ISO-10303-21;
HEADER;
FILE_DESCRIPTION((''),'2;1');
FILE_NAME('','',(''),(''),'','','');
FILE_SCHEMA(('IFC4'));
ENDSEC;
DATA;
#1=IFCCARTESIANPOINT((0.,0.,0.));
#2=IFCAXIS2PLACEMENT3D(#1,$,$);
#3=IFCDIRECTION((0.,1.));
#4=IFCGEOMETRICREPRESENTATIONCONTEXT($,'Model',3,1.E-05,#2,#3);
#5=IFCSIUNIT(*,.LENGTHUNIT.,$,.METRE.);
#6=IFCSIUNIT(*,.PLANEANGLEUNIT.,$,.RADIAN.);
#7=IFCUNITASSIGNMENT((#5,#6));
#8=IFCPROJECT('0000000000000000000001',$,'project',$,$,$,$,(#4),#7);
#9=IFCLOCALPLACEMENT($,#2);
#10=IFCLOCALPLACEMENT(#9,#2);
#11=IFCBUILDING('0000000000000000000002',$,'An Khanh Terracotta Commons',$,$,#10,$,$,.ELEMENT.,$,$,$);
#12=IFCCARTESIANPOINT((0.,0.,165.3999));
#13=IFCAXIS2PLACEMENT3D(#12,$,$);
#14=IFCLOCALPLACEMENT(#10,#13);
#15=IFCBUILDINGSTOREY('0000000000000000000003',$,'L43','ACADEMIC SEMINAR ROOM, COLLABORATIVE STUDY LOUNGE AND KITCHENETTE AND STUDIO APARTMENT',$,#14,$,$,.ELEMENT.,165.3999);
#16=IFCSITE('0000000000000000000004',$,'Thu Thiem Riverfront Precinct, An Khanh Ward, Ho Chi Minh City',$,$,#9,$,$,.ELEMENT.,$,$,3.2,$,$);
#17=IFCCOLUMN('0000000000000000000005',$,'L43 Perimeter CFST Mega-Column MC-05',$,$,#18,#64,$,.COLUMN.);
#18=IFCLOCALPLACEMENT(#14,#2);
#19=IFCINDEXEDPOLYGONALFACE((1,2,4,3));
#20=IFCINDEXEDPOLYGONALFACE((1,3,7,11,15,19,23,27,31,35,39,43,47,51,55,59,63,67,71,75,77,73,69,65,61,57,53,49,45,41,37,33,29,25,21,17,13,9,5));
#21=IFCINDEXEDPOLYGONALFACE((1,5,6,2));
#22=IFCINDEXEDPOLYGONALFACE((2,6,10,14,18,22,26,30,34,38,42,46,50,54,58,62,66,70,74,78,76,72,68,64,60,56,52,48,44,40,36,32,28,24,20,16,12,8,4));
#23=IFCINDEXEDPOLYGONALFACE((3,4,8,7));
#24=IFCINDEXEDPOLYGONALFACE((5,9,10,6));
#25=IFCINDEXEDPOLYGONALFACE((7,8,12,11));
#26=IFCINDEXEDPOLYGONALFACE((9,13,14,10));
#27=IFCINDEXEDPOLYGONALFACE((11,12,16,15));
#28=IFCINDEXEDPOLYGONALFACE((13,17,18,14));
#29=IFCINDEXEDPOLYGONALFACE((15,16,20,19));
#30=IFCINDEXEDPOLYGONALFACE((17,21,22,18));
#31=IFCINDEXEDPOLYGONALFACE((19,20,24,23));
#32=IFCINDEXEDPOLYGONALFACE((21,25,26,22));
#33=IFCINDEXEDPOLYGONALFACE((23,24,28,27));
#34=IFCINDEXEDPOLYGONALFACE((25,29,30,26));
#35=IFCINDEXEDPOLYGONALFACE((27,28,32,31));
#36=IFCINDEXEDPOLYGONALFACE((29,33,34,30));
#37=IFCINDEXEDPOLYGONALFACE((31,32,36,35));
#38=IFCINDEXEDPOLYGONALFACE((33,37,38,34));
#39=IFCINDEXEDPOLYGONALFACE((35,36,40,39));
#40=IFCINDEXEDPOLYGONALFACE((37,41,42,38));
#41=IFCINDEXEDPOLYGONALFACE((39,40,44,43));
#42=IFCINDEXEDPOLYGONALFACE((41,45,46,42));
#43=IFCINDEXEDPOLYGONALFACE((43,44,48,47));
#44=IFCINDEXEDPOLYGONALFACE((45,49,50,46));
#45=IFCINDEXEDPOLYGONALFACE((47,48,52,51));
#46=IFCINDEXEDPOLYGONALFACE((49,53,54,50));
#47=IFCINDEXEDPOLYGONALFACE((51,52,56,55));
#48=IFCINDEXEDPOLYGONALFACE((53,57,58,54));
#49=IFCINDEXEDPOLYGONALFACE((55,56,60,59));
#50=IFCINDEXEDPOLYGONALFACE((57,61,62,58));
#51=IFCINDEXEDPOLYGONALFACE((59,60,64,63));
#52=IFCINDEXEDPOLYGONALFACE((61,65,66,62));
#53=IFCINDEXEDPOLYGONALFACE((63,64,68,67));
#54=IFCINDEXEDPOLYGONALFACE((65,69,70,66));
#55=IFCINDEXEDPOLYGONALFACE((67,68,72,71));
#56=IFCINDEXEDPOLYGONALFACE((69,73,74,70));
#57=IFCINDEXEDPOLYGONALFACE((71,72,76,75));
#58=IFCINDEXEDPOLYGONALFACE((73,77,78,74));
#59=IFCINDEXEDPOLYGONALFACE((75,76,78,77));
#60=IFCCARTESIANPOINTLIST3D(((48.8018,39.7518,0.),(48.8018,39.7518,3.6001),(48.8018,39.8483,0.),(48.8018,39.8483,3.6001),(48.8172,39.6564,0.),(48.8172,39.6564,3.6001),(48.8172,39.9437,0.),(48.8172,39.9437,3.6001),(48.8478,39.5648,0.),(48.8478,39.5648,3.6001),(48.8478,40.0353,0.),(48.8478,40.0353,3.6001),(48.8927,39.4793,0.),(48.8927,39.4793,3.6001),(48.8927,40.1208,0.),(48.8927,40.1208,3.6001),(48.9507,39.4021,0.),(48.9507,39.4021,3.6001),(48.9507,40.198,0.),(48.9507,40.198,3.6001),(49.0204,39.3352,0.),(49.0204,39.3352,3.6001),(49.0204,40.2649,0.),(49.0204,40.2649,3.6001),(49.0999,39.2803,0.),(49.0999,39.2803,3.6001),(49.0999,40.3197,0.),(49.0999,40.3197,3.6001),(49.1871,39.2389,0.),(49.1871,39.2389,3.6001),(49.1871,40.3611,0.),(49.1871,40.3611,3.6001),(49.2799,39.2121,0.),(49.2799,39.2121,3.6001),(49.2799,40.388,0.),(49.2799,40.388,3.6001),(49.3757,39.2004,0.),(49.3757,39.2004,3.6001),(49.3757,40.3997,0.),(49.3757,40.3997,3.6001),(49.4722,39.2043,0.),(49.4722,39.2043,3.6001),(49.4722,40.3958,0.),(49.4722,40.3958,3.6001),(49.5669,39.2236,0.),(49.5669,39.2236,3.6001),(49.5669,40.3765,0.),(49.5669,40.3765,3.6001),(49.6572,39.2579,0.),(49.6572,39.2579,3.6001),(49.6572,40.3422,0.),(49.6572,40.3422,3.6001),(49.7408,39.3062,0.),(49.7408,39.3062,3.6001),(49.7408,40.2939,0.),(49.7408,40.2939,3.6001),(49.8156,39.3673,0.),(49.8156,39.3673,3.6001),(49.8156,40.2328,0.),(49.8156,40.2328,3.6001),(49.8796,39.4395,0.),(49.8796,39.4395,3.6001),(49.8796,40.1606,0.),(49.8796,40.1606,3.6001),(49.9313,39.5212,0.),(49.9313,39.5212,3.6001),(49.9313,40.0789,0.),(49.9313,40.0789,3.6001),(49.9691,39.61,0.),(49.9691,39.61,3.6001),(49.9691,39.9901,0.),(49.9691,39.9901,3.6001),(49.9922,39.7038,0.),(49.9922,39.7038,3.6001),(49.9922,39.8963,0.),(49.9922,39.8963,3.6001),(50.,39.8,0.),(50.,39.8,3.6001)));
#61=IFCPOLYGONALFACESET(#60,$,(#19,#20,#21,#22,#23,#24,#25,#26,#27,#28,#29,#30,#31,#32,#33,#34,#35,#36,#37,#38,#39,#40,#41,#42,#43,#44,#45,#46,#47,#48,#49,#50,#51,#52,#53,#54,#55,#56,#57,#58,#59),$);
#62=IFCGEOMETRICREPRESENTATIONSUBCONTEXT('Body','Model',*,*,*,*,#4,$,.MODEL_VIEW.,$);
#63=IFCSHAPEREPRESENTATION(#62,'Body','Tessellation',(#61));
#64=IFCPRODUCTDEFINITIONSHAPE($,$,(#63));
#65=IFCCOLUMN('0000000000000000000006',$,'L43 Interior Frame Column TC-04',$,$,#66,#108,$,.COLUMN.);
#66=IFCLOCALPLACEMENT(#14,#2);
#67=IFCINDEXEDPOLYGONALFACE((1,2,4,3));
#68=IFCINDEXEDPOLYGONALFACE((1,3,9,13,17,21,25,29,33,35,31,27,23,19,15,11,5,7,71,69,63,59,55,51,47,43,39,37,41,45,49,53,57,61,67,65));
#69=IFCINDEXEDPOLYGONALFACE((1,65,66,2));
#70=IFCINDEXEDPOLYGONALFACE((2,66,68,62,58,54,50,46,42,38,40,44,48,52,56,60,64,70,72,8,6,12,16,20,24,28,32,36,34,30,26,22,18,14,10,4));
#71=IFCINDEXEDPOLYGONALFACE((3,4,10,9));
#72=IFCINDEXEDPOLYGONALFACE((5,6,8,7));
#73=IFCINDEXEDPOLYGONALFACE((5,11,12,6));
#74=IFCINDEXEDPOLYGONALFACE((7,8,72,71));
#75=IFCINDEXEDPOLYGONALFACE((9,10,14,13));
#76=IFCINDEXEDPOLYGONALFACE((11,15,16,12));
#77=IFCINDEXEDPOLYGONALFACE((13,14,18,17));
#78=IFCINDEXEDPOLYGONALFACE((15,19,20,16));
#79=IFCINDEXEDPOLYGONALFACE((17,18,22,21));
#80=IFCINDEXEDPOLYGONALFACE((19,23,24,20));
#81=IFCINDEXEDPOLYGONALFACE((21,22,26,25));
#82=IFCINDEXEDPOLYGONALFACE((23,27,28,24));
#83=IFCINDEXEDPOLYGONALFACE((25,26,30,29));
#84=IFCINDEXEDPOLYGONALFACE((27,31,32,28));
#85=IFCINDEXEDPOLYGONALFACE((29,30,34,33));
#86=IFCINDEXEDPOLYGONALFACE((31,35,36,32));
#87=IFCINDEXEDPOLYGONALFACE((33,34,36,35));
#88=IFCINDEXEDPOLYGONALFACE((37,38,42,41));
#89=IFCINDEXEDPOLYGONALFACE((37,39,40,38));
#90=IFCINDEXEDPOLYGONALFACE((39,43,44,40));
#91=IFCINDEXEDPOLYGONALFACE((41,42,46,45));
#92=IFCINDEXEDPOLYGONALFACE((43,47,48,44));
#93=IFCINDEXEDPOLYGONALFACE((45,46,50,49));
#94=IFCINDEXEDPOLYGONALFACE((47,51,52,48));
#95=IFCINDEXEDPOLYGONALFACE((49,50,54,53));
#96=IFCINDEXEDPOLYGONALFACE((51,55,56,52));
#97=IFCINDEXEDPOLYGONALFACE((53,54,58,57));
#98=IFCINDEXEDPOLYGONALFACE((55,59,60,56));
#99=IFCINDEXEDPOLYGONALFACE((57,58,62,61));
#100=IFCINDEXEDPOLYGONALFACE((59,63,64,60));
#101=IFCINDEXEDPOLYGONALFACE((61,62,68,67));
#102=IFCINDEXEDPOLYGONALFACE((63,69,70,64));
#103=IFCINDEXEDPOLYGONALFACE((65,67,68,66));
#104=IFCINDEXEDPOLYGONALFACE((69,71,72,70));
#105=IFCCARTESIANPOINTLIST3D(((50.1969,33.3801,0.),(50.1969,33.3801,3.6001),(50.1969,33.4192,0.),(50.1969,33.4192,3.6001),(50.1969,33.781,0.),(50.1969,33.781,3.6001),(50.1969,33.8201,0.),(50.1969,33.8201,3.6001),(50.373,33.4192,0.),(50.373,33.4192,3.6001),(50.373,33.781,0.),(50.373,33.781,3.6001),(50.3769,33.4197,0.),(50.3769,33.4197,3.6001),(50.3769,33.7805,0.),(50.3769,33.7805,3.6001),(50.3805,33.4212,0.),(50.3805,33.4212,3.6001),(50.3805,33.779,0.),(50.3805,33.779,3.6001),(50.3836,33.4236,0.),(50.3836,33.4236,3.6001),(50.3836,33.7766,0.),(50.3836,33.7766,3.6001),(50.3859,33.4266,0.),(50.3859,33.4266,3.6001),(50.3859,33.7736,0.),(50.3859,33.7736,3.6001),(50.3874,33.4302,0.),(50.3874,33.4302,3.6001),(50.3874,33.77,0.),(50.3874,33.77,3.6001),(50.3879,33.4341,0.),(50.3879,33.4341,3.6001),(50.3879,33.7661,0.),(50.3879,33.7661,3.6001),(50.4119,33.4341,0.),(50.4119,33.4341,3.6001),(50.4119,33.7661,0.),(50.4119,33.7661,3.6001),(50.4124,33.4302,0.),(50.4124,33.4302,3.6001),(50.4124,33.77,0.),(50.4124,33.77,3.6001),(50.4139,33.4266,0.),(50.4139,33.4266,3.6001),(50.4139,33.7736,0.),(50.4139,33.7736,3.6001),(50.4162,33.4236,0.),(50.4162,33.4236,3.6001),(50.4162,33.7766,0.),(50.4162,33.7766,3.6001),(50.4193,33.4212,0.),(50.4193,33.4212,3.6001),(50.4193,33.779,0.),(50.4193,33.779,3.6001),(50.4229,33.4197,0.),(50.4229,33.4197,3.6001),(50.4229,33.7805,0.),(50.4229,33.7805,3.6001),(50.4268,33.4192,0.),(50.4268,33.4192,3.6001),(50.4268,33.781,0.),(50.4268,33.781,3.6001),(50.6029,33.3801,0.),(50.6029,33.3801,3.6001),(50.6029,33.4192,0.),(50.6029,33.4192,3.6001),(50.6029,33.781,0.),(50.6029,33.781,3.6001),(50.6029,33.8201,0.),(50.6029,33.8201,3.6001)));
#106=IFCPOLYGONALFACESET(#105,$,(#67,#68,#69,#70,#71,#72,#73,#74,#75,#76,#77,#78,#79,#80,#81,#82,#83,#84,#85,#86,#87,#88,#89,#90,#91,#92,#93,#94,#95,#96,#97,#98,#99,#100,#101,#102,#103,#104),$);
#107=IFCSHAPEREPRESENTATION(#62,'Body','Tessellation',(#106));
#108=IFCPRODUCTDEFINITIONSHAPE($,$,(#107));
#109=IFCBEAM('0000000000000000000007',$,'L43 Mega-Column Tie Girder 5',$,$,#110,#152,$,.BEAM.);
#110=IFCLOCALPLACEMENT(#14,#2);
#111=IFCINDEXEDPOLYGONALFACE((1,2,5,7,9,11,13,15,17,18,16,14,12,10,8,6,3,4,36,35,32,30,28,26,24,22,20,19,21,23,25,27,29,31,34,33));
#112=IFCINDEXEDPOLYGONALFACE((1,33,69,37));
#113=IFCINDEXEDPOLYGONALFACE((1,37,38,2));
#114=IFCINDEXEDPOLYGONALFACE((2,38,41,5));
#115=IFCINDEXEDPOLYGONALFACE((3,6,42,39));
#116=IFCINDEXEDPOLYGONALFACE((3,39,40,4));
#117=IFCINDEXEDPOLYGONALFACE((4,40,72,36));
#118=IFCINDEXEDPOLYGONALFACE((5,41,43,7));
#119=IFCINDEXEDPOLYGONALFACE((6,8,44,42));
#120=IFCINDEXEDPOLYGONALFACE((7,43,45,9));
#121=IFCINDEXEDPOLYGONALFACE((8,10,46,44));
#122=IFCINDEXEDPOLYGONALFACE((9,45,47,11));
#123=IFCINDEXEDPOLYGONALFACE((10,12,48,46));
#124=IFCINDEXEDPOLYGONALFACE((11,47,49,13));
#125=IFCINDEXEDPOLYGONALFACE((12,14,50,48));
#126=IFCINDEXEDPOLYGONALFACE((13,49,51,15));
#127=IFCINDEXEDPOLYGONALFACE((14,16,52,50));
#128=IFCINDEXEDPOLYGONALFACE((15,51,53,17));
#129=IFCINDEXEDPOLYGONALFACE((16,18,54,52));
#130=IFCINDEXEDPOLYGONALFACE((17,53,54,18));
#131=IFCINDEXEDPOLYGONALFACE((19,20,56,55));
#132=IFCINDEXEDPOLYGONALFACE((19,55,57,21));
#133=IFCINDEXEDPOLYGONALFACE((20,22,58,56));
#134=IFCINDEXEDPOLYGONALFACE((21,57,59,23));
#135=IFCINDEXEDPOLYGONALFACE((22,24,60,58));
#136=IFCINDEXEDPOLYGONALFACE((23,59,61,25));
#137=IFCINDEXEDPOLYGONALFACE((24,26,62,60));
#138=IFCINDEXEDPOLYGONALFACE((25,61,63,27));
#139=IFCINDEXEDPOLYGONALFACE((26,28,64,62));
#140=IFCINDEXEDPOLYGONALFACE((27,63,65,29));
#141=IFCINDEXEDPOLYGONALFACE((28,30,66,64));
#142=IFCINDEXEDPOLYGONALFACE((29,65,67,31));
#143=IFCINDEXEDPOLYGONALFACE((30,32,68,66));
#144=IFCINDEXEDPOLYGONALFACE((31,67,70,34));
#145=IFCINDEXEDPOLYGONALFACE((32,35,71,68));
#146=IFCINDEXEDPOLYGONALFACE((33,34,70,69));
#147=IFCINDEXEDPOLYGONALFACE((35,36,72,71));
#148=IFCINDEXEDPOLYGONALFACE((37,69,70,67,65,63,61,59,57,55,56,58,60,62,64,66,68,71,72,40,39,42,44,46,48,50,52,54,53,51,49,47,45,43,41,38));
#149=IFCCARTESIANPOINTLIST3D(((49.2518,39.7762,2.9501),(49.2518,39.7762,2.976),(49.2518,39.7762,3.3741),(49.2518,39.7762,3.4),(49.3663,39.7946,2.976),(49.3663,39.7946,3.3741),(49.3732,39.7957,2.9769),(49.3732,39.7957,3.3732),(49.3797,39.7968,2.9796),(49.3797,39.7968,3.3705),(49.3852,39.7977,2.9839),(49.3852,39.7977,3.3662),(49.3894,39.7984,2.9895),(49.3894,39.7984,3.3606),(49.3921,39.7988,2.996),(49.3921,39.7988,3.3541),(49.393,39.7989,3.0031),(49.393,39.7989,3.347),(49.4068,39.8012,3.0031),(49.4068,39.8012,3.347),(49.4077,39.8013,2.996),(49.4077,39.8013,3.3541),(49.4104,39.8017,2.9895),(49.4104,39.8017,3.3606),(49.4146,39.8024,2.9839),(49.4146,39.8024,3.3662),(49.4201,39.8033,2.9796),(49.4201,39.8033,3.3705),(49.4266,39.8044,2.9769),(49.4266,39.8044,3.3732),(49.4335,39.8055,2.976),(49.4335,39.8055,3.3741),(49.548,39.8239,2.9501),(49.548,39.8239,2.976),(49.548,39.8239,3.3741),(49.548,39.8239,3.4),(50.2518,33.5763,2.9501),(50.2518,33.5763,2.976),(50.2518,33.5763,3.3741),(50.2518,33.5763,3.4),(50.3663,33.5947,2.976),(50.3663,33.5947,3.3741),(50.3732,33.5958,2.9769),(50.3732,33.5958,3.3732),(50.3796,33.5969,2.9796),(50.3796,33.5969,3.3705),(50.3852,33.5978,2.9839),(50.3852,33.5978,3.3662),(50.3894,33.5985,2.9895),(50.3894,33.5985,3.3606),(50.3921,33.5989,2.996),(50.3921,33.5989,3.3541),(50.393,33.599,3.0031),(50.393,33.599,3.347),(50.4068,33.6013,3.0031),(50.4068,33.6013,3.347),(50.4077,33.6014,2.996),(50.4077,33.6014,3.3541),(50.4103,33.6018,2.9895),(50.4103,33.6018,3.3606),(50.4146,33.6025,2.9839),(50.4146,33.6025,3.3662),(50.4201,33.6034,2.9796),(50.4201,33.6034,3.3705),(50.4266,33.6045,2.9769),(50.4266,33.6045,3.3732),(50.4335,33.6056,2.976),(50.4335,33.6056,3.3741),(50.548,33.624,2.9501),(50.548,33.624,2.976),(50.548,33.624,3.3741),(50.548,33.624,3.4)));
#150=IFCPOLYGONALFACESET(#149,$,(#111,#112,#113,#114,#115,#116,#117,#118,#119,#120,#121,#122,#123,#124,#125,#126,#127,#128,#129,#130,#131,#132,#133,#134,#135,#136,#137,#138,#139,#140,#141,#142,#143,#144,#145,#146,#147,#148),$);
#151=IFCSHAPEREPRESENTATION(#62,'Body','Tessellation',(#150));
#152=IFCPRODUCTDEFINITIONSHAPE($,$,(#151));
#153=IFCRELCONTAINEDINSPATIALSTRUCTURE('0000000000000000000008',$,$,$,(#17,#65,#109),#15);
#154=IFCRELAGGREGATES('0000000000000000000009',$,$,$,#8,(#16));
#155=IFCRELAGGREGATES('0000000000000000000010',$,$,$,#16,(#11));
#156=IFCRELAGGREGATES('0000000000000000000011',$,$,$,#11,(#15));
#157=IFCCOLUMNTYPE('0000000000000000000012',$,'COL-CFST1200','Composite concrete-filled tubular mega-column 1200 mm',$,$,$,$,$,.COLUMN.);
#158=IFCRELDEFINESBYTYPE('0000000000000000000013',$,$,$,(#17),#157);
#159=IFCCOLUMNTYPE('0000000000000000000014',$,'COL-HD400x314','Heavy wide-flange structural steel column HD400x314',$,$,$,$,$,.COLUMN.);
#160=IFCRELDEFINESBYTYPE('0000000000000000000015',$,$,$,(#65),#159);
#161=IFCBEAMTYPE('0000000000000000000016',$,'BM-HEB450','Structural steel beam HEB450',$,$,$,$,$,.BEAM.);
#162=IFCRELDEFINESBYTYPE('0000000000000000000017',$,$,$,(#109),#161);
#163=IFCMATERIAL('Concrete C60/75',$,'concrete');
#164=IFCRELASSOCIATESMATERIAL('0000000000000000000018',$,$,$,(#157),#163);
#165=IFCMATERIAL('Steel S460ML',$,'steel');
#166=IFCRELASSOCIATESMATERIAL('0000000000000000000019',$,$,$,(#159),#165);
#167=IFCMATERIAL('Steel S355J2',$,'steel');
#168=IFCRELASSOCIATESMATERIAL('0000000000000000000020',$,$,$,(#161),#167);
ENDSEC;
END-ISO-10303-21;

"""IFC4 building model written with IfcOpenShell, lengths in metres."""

from ifc_helpers import new_model, si_unit, direction, frame, origin, origin_2d, place, context, subcontext, project, spatial, circle, i_section, extrude, material, material_profile, profile_set, type_object, element, save


model = new_model("IFC4")

# Units and contexts
model_context = context("Model", 3, precision=1e-05, world=origin(), true_north=direction((0.0, 1.0)))
body_context = subcontext(model_context, "Body", "Model", "MODEL_VIEW")
ifc_project = project(units=[si_unit("LENGTHUNIT", "METRE"), si_unit("PLANEANGLEUNIT", "RADIAN")], contexts=[model_context])

# Site, building, storey
site_placement = place(None, origin())
site = spatial("IfcSite", under=ifc_project, at=site_placement, Name="Thu Thiem Riverfront Precinct, An Khanh Ward, Ho Chi Minh City", CompositionType="ELEMENT", RefElevation=3.2)
building_placement = place(site_placement, origin())
building = spatial("IfcBuilding", under=site, at=building_placement, Name="An Khanh Terracotta Commons", CompositionType="ELEMENT")
storey_placement = place(building_placement, frame((0.0, 0.0, 165.3999)))
storey = spatial("IfcBuildingStorey", under=building, at=storey_placement, Name="L43", Description="ACADEMIC SEMINAR ROOM, COLLABORATIVE STUDY LOUNGE AND KITCHENETTE AND STUDIO APARTMENT", CompositionType="ELEMENT", Elevation=165.3999)

# Columns
ifc_material_1 = material(Name="Concrete C60/75", Category="concrete")
ifc_material_profile_1 = material_profile(ifc_material_1, circle(Radius=0.6001, at=origin_2d()), Name="CFST1200")
ifc_profile_set_1 = profile_set([ifc_material_profile_1], Name="Concrete C60/75")
column_type_1 = type_object("IfcColumnType", Name="COL-CFST1200", Description="Composite concrete-filled tubular mega-column 1200 mm", PredefinedType="COLUMN", material=ifc_profile_set_1)
column_1_placement = place(storey_placement, frame((49.3999, 39.8, 0.0), z_axis=(0.0, 0.0, 1.0), x_axis=(1.0, 0.0, 0.0)))
element("IfcColumn", 1, at=column_1_placement, inside=storey, type_object=column_type_1, Name="L43 Perimeter CFST Mega-Column MC-05", PredefinedType="COLUMN", context=body_context, shape_type="SweptSolid", body=[
    extrude(circle(Radius=0.6001, at=origin_2d()), origin(), (0.0, 0.0, 1.0), 3.6001),
])
ifc_material_2 = material(Name="Steel S460ML", Category="steel")
ifc_material_profile_2 = material_profile(ifc_material_2, i_section(OverallWidth=0.406, OverallDepth=0.4399, WebThickness=0.0239, FlangeThickness=0.0391, FilletRadius=0.0149, at=origin_2d()), Name="HD400x314")
ifc_profile_set_2 = profile_set([ifc_material_profile_2], Name="Steel S460ML")
column_type_2 = type_object("IfcColumnType", Name="COL-HD400x314", Description="Heavy wide-flange structural steel column HD400x314", PredefinedType="COLUMN", material=ifc_profile_set_2)
column_2_placement = place(storey_placement, frame((50.3999, 33.6001, 0.0), z_axis=(0.0, 0.0, 1.0), x_axis=(1.0, 0.0, 0.0)))
element("IfcColumn", 2, at=column_2_placement, inside=storey, type_object=column_type_2, Name="L43 Interior Frame Column TC-04", PredefinedType="COLUMN", context=body_context, shape_type="SweptSolid", body=[
    extrude(i_section(OverallWidth=0.406, OverallDepth=0.4399, WebThickness=0.0239, FlangeThickness=0.0391, FilletRadius=0.0149, at=origin_2d()), origin(), (0.0, 0.0, 1.0), 3.6001),
])

# Beam
ifc_material_3 = material(Name="Steel S355J2", Category="steel")
ifc_material_profile_3 = material_profile(ifc_material_3, i_section(OverallWidth=0.3, OverallDepth=0.45, WebThickness=0.0139, FlangeThickness=0.0259, FilletRadius=0.0271, at=origin_2d()), Name="HEB450")
ifc_profile_set_3 = profile_set([ifc_material_profile_3], Name="Steel S355J2")
beam_type_1 = type_object("IfcBeamType", Name="BM-HEB450", Description="Structural steel beam HEB450", PredefinedType="BEAM", material=ifc_profile_set_3)
beam_1_placement = place(storey_placement, frame((49.3999, 39.8, 3.175), z_axis=(0.159234, -0.987241, 0.0), x_axis=(0.987241, 0.159234, 0.0)))
element("IfcBeam", 3, at=beam_1_placement, inside=storey, type_object=beam_type_1, Name="L43 Mega-Column Tie Girder 5", PredefinedType="BEAM", context=body_context, shape_type="SweptSolid", body=[
    extrude(i_section(OverallWidth=0.3, OverallDepth=0.45, WebThickness=0.0139, FlangeThickness=0.0259, FilletRadius=0.0271, at=origin_2d()), origin(), (0.0, 0.0, 1.0), 6.28),
])

save(model, "model.ifc")
